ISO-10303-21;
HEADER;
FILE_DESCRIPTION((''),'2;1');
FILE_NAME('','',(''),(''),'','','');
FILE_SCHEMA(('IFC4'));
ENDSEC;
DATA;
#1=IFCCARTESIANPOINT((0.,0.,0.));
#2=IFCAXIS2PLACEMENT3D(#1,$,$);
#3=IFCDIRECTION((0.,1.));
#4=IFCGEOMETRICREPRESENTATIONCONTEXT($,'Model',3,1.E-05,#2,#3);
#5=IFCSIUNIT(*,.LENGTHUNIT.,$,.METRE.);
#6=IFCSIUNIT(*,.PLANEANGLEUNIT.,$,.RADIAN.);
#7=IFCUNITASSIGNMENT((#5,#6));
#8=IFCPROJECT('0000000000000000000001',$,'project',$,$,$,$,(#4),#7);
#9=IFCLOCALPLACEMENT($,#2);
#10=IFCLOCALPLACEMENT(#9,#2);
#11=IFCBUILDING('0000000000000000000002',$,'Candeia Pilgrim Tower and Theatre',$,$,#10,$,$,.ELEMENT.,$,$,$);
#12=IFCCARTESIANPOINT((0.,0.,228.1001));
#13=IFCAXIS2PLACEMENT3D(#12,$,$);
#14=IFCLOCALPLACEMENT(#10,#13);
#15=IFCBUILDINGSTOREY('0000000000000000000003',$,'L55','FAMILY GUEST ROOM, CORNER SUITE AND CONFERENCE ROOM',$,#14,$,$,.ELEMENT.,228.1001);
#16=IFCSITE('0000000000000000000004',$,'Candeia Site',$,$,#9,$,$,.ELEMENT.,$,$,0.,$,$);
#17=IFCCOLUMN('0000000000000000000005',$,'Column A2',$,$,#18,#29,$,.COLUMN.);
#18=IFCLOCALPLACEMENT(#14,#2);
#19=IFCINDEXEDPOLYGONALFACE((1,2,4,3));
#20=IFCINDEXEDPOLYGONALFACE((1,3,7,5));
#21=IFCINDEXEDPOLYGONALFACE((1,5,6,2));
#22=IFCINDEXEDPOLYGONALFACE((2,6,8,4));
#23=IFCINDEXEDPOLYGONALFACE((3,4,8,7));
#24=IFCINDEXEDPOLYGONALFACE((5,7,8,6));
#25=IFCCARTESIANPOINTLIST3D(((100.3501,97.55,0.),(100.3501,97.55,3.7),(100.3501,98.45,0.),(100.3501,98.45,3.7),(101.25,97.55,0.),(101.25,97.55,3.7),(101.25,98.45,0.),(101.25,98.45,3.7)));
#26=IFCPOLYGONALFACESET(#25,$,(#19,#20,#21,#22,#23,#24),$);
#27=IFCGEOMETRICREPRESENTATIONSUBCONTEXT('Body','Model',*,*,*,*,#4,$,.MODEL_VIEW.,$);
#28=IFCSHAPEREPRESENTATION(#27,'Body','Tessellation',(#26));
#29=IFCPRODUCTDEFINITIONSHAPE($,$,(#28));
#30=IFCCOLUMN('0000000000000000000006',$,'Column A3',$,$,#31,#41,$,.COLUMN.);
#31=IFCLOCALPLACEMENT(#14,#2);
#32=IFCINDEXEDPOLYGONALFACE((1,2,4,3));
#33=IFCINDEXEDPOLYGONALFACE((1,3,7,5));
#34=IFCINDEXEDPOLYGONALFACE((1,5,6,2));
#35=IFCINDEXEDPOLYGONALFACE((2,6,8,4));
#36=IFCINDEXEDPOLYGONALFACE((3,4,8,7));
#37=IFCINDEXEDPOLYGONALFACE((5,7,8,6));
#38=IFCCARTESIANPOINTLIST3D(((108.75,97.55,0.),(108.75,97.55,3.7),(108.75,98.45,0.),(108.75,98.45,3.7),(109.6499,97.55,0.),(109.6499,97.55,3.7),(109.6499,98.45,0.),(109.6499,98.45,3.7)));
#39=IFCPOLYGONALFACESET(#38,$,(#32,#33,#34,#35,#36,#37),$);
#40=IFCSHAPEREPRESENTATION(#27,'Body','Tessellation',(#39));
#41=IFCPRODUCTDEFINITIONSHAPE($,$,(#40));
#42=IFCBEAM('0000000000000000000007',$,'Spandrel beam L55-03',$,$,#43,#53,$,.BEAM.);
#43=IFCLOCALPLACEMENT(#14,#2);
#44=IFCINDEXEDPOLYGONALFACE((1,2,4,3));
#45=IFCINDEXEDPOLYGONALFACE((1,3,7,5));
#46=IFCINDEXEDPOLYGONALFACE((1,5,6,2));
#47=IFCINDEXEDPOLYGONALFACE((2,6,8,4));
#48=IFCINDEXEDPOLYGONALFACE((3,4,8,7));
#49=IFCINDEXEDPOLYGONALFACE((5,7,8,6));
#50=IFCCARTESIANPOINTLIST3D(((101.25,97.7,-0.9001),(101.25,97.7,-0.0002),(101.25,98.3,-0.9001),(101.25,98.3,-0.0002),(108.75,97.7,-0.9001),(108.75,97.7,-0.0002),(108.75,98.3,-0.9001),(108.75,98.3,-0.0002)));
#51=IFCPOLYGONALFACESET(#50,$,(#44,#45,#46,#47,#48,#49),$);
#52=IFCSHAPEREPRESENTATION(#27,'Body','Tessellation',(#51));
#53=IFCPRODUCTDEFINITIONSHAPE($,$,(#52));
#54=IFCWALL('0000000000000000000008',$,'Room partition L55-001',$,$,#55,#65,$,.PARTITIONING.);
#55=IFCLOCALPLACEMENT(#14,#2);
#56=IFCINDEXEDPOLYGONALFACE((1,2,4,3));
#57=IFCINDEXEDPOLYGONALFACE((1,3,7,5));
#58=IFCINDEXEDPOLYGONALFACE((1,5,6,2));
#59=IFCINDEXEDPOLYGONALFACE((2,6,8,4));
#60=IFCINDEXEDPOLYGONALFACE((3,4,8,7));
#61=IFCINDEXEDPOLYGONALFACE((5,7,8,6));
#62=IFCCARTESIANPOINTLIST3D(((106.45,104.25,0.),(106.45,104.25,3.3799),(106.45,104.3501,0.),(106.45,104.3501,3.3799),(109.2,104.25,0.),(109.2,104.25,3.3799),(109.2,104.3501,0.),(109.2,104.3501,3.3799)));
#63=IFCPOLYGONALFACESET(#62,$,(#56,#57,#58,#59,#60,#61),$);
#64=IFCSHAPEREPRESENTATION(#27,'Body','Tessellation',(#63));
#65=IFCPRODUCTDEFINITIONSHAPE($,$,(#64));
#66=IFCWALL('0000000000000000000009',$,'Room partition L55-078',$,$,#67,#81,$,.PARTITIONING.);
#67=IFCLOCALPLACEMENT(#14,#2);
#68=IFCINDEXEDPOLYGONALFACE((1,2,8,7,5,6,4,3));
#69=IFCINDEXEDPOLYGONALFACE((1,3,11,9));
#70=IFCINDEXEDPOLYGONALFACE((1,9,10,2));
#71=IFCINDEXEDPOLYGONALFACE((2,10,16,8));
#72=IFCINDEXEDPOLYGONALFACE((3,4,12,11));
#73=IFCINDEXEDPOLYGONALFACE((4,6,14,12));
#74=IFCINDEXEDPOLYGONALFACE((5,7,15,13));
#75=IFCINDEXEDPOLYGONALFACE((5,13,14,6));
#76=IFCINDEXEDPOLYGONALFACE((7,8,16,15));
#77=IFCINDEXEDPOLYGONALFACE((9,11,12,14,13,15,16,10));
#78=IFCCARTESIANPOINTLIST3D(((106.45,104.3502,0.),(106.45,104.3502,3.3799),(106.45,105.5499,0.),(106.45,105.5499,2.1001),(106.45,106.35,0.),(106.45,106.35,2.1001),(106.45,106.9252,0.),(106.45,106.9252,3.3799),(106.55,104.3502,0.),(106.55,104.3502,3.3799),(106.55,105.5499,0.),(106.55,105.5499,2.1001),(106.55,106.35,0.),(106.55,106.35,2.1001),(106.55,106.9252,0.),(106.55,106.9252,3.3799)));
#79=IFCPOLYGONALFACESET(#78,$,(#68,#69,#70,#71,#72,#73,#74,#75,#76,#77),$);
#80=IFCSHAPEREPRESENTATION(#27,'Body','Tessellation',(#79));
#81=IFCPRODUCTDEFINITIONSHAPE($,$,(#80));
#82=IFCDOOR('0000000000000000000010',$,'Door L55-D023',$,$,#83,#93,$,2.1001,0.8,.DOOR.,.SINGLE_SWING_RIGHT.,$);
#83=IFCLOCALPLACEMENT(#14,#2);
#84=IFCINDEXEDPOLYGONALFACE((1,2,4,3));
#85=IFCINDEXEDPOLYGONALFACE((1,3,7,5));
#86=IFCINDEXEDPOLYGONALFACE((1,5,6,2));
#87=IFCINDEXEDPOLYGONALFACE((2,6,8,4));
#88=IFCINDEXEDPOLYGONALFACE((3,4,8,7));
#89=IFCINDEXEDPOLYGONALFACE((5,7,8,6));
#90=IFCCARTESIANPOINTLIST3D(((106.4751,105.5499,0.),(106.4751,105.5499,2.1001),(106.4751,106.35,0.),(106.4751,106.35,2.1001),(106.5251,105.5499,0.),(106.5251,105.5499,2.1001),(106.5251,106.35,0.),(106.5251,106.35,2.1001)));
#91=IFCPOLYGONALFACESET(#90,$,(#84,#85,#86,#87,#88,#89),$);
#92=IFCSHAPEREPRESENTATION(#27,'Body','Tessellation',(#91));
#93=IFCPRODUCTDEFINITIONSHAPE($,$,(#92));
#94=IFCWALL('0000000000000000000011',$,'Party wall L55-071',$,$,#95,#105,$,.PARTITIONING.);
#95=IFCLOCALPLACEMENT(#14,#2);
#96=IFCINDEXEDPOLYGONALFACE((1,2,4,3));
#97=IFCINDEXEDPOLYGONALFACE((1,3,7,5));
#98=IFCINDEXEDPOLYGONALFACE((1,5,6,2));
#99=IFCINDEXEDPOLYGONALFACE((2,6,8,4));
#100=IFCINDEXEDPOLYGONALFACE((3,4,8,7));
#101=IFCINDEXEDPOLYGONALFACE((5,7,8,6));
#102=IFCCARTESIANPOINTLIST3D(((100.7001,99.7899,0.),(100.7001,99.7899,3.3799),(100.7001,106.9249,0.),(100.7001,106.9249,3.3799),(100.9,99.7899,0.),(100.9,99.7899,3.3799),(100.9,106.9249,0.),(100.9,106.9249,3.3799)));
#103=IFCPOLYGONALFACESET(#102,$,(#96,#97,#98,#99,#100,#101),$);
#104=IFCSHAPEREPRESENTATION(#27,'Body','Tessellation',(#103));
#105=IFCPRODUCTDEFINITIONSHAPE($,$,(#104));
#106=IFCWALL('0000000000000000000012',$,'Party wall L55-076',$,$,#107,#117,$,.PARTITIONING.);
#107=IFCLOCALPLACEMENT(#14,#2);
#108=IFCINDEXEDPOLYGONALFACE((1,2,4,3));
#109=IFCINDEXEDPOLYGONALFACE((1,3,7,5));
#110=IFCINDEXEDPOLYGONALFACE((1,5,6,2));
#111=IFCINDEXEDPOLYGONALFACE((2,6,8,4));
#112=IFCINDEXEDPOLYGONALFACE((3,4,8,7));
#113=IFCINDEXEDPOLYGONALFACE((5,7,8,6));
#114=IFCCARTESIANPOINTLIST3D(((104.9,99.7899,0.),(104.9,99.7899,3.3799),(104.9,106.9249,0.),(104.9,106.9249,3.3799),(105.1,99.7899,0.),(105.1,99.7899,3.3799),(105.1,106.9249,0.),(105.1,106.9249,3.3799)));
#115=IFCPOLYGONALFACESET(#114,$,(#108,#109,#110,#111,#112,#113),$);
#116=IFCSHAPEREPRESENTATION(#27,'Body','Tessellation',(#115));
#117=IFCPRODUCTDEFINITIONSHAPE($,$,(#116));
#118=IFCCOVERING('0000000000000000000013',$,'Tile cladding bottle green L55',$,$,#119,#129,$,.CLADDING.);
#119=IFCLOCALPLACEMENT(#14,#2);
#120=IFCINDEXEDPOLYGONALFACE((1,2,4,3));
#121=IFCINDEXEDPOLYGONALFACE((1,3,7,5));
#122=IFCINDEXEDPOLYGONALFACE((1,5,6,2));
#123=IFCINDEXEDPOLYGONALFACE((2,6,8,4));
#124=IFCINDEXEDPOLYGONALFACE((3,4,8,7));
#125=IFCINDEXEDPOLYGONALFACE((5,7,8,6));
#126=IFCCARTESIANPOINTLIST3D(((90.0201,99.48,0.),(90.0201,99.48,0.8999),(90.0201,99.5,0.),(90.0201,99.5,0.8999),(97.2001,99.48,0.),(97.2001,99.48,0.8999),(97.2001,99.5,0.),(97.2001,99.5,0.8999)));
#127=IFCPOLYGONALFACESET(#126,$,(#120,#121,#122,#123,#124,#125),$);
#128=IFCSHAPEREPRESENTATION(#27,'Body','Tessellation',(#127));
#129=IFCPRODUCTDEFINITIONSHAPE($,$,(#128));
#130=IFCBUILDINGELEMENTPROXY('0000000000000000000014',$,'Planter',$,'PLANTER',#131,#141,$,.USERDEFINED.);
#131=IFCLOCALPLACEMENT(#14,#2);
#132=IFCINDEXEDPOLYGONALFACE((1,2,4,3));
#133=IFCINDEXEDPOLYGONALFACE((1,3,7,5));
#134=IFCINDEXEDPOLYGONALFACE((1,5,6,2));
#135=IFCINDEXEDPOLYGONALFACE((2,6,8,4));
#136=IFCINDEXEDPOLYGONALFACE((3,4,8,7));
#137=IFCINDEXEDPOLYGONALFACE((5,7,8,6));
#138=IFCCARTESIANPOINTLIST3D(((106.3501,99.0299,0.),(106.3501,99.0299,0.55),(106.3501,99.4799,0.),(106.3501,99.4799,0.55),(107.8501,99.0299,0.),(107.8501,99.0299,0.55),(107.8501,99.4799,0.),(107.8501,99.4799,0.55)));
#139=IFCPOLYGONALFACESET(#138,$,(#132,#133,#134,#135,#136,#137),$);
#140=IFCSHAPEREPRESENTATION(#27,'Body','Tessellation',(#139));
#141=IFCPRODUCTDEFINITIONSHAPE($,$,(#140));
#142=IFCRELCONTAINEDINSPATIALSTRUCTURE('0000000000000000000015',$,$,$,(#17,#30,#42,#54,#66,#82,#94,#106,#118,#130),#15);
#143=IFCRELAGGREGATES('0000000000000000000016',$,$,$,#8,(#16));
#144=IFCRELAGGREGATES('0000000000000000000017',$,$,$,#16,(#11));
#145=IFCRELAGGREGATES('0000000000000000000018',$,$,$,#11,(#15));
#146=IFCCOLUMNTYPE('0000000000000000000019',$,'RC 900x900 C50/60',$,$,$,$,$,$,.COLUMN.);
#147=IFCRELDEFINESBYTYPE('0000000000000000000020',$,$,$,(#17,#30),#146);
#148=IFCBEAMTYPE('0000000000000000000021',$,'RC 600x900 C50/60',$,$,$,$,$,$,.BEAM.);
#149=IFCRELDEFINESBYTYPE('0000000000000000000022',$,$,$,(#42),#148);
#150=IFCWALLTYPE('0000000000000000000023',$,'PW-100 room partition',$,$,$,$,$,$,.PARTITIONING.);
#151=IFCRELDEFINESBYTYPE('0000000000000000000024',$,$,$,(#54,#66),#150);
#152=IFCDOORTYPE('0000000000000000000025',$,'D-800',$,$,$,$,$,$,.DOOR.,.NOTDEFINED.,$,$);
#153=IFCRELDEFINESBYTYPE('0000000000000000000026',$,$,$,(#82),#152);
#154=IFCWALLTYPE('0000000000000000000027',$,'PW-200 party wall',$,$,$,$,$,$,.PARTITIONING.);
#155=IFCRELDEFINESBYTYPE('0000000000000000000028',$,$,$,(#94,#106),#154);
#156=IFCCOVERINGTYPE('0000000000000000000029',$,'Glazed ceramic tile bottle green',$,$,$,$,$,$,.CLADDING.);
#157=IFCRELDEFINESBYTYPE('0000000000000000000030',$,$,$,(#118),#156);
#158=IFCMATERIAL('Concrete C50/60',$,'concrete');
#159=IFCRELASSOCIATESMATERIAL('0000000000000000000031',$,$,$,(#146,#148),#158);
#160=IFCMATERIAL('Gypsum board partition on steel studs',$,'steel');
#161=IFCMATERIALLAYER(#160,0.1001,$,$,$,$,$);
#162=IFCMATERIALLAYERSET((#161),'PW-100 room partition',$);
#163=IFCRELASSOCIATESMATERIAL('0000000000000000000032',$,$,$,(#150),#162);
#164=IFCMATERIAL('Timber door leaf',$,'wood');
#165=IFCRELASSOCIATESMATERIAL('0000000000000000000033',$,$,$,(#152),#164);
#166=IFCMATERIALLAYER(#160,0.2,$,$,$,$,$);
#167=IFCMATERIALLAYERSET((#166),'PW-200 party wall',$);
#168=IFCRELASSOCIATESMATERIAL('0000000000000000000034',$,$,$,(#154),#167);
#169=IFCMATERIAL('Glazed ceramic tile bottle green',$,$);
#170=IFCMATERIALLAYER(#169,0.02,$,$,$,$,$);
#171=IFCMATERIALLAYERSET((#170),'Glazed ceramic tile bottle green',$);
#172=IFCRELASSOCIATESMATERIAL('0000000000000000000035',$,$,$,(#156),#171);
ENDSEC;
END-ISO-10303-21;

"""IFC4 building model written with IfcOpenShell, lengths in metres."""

from ifc_helpers import new_model, si_unit, direction, frame, frame_2d, origin, origin_2d, place, context, subcontext, project, spatial, rectangle, extrude, material, layer, layer_set, material_profile, profile_set, type_object, element, fill, save


model = new_model("IFC4")

# Units and contexts
model_context = context("Model", 3, precision=1e-05, world=origin(), true_north=direction((0.0, 1.0)))
body_context = subcontext(model_context, "Body", "Model", "MODEL_VIEW")
ifc_project = project(units=[si_unit("LENGTHUNIT", "METRE"), si_unit("PLANEANGLEUNIT", "RADIAN")], contexts=[model_context])

# Site, building, storey
site_placement = place(None, origin())
site = spatial("IfcSite", under=ifc_project, at=site_placement, Name="Candeia Site", CompositionType="ELEMENT", RefElevation=0.0)
building_placement = place(site_placement, origin())
building = spatial("IfcBuilding", under=site, at=building_placement, Name="Candeia Pilgrim Tower and Theatre", CompositionType="ELEMENT")
storey_placement = place(building_placement, frame((0.0, 0.0, 228.1001)))
storey = spatial("IfcBuildingStorey", under=building, at=storey_placement, Name="L55", Description="FAMILY GUEST ROOM, CORNER SUITE AND CONFERENCE ROOM", CompositionType="ELEMENT", Elevation=228.1001)

# Columns
ifc_material_1 = material(Name="Concrete C50/60", Category="concrete")
ifc_material_profile_1 = material_profile(ifc_material_1, rectangle(XDim=0.8999, YDim=0.8999, at=origin_2d()))
ifc_profile_set_1 = profile_set([ifc_material_profile_1], Name="Concrete C50/60")
column_type = type_object("IfcColumnType", Name="RC 900x900 C50/60", PredefinedType="COLUMN", material=ifc_profile_set_1)
for number, where, z_axis, x_axis, name in (
    (1, (100.8, 98.0, 0.0), (0.0, 0.0, 1.0), (1.0, 0.0, 0.0), "Column A2"),
    (2, (109.2, 98.0, 0.0), (0.0, 0.0, 1.0), (1.0, 0.0, 0.0), "Column A3"),
):
    element("IfcColumn", number, at=place(storey_placement, frame(where, z_axis=z_axis, x_axis=x_axis)), inside=storey, type_object=column_type, Name=name, PredefinedType="COLUMN", context=body_context, shape_type="SweptSolid", body=[
        extrude(rectangle(XDim=0.8999, YDim=0.8999, at=origin_2d()), origin(), (0.0, 0.0, 1.0), 3.7),
    ])

# Beam
ifc_material_profile_2 = material_profile(ifc_material_1, rectangle(XDim=0.6001, YDim=0.8999, at=origin_2d()))
ifc_profile_set_2 = profile_set([ifc_material_profile_2], Name="Concrete C50/60")
beam_type = type_object("IfcBeamType", Name="RC 600x900 C50/60", PredefinedType="BEAM", material=ifc_profile_set_2)
beam_placement = place(storey_placement, frame((101.25, 98.0, -0.4502), z_axis=(1.0, 0.0, 0.0), x_axis=(0.0, 1.0, 0.0)))
element("IfcBeam", 3, at=beam_placement, inside=storey, type_object=beam_type, Name="Spandrel beam L55-03", PredefinedType="BEAM", context=body_context, shape_type="SweptSolid", body=[
    extrude(rectangle(XDim=0.6001, YDim=0.8999, at=origin_2d()), origin(), (0.0, 0.0, 1.0), 7.5),
])

# Wall
ifc_material_2 = material(Name="Gypsum board partition on steel studs", Category="steel")
ifc_layer_1 = layer(ifc_material_2, 0.1001)
ifc_layer_set_1 = layer_set([ifc_layer_1], Name="PW-100 room partition")
wall_type_1 = type_object("IfcWallType", Name="PW-100 room partition", PredefinedType="PARTITIONING", material=ifc_layer_set_1)
wall_1_placement = place(storey_placement, frame((106.45, 104.3, 0.0), z_axis=(0.0, 0.0, 1.0), x_axis=(1.0, 0.0, 0.0)))
element("IfcWall", 4, at=wall_1_placement, inside=storey, type_object=wall_type_1, Name="Room partition L55-001", PredefinedType="PARTITIONING", context=body_context, shape_type="SweptSolid", body=[
    extrude(rectangle(XDim=2.75, YDim=0.1001, at=frame_2d((1.375, 0.0))), origin(), (0.0, 0.0, 1.0), 3.3799),
])

# Wall, opening, door
wall_2_placement = place(storey_placement, frame((106.5, 104.3501, 0.0), z_axis=(0.0, 0.0, 1.0), x_axis=(0.0, 1.0, 0.0)))
wall_2 = element("IfcWall", 5, at=wall_2_placement, inside=storey, type_object=wall_type_1, Name="Room partition L55-078", PredefinedType="PARTITIONING", context=body_context, shape_type="SweptSolid", body=[
    extrude(rectangle(XDim=2.575, YDim=0.1001, at=frame_2d((1.2876, 0.0))), origin(), (0.0, 0.0, 1.0), 3.3799),
])
opening_placement = place(wall_2_placement, frame((1.2, 0.0, 0.0)))
opening = element("IfcOpeningElement", 6, at=opening_placement, cuts=wall_2, PredefinedType="OPENING", context=body_context, shape_type="SweptSolid", body=[
    extrude(rectangle(XDim=0.8, YDim=2.1001, at=frame_2d((0.3999, 1.05))), frame((0.0, 0.0601, 0.0), z_axis=(0.0, -1.0, 0.0), x_axis=(1.0, 0.0, 0.0)), (0.0, 0.0, 1.0), 0.1201),
])
ifc_material_3 = material(Name="Timber door leaf", Category="wood")
door_type = type_object("IfcDoorType", Name="D-800", OperationType="NOTDEFINED", PredefinedType="DOOR", material=ifc_material_3)
door_placement = place(opening_placement, origin())
door = element("IfcDoor", 7, at=door_placement, inside=storey, type_object=door_type, Name="Door L55-D023", OperationType="SINGLE_SWING_RIGHT", OverallHeight=2.1001, OverallWidth=0.8, PredefinedType="DOOR", context=body_context, shape_type="SweptSolid", body=[
    extrude(rectangle(XDim=0.8, YDim=2.1001, at=frame_2d((0.3999, 1.05))), frame((0.0, 0.0249, 0.0), z_axis=(0.0, -1.0, 0.0), x_axis=(1.0, 0.0, 0.0)), (0.0, 0.0, 1.0), 0.05),
])
fill(opening, door)

# Walls
ifc_layer_2 = layer(ifc_material_2, 0.2)
ifc_layer_set_2 = layer_set([ifc_layer_2], Name="PW-200 party wall")
wall_type_2 = type_object("IfcWallType", Name="PW-200 party wall", PredefinedType="PARTITIONING", material=ifc_layer_set_2)
for number, where, z_axis, x_axis, name in (
    (8, (100.8, 99.79, 0.0), (0.0, 0.0, 1.0), (0.0, 1.0, 0.0), "Party wall L55-071"),
    (9, (105.0, 99.79, 0.0), (0.0, 0.0, 1.0), (0.0, 1.0, 0.0), "Party wall L55-076"),
):
    element("IfcWall", number, at=place(storey_placement, frame(where, z_axis=z_axis, x_axis=x_axis)), inside=storey, type_object=wall_type_2, Name=name, PredefinedType="PARTITIONING", context=body_context, shape_type="SweptSolid", body=[
        extrude(rectangle(XDim=7.135, YDim=0.2, at=frame_2d((3.5674, 0.0))), origin(), (0.0, 0.0, 1.0), 3.3799),
    ])

# Covering
ifc_material_4 = material(Name="Glazed ceramic tile bottle green")
ifc_layer_3 = layer(ifc_material_4, 0.02)
ifc_layer_set_3 = layer_set([ifc_layer_3], Name="Glazed ceramic tile bottle green")
covering_type = type_object("IfcCoveringType", Name="Glazed ceramic tile bottle green", PredefinedType="CLADDING", material=ifc_layer_set_3)
covering_placement = place(storey_placement, frame((93.6101, 99.49, 0.0), z_axis=(0.0, 0.0, 1.0), x_axis=(1.0, 0.0, 0.0)))
element("IfcCovering", 10, at=covering_placement, inside=storey, type_object=covering_type, Name="Tile cladding bottle green L55", PredefinedType="CLADDING", context=body_context, shape_type="SweptSolid", body=[
    extrude(rectangle(XDim=7.1799, YDim=0.02, at=origin_2d()), origin(), (0.0, 0.0, 1.0), 0.8999),
])

# Building element proxy
proxy_placement = place(storey_placement, frame((107.1001, 99.2549, 0.0), z_axis=(0.0, 0.0, 1.0), x_axis=(1.0, 0.0, 0.0)))
element("IfcBuildingElementProxy", 11, at=proxy_placement, inside=storey, Name="Planter", ObjectType="PLANTER", PredefinedType="USERDEFINED", context=body_context, shape_type="SweptSolid", body=[
    extrude(rectangle(XDim=1.5, YDim=0.45, at=origin_2d()), origin(), (0.0, 0.0, 1.0), 0.55),
])

save(model, "model.ifc")
